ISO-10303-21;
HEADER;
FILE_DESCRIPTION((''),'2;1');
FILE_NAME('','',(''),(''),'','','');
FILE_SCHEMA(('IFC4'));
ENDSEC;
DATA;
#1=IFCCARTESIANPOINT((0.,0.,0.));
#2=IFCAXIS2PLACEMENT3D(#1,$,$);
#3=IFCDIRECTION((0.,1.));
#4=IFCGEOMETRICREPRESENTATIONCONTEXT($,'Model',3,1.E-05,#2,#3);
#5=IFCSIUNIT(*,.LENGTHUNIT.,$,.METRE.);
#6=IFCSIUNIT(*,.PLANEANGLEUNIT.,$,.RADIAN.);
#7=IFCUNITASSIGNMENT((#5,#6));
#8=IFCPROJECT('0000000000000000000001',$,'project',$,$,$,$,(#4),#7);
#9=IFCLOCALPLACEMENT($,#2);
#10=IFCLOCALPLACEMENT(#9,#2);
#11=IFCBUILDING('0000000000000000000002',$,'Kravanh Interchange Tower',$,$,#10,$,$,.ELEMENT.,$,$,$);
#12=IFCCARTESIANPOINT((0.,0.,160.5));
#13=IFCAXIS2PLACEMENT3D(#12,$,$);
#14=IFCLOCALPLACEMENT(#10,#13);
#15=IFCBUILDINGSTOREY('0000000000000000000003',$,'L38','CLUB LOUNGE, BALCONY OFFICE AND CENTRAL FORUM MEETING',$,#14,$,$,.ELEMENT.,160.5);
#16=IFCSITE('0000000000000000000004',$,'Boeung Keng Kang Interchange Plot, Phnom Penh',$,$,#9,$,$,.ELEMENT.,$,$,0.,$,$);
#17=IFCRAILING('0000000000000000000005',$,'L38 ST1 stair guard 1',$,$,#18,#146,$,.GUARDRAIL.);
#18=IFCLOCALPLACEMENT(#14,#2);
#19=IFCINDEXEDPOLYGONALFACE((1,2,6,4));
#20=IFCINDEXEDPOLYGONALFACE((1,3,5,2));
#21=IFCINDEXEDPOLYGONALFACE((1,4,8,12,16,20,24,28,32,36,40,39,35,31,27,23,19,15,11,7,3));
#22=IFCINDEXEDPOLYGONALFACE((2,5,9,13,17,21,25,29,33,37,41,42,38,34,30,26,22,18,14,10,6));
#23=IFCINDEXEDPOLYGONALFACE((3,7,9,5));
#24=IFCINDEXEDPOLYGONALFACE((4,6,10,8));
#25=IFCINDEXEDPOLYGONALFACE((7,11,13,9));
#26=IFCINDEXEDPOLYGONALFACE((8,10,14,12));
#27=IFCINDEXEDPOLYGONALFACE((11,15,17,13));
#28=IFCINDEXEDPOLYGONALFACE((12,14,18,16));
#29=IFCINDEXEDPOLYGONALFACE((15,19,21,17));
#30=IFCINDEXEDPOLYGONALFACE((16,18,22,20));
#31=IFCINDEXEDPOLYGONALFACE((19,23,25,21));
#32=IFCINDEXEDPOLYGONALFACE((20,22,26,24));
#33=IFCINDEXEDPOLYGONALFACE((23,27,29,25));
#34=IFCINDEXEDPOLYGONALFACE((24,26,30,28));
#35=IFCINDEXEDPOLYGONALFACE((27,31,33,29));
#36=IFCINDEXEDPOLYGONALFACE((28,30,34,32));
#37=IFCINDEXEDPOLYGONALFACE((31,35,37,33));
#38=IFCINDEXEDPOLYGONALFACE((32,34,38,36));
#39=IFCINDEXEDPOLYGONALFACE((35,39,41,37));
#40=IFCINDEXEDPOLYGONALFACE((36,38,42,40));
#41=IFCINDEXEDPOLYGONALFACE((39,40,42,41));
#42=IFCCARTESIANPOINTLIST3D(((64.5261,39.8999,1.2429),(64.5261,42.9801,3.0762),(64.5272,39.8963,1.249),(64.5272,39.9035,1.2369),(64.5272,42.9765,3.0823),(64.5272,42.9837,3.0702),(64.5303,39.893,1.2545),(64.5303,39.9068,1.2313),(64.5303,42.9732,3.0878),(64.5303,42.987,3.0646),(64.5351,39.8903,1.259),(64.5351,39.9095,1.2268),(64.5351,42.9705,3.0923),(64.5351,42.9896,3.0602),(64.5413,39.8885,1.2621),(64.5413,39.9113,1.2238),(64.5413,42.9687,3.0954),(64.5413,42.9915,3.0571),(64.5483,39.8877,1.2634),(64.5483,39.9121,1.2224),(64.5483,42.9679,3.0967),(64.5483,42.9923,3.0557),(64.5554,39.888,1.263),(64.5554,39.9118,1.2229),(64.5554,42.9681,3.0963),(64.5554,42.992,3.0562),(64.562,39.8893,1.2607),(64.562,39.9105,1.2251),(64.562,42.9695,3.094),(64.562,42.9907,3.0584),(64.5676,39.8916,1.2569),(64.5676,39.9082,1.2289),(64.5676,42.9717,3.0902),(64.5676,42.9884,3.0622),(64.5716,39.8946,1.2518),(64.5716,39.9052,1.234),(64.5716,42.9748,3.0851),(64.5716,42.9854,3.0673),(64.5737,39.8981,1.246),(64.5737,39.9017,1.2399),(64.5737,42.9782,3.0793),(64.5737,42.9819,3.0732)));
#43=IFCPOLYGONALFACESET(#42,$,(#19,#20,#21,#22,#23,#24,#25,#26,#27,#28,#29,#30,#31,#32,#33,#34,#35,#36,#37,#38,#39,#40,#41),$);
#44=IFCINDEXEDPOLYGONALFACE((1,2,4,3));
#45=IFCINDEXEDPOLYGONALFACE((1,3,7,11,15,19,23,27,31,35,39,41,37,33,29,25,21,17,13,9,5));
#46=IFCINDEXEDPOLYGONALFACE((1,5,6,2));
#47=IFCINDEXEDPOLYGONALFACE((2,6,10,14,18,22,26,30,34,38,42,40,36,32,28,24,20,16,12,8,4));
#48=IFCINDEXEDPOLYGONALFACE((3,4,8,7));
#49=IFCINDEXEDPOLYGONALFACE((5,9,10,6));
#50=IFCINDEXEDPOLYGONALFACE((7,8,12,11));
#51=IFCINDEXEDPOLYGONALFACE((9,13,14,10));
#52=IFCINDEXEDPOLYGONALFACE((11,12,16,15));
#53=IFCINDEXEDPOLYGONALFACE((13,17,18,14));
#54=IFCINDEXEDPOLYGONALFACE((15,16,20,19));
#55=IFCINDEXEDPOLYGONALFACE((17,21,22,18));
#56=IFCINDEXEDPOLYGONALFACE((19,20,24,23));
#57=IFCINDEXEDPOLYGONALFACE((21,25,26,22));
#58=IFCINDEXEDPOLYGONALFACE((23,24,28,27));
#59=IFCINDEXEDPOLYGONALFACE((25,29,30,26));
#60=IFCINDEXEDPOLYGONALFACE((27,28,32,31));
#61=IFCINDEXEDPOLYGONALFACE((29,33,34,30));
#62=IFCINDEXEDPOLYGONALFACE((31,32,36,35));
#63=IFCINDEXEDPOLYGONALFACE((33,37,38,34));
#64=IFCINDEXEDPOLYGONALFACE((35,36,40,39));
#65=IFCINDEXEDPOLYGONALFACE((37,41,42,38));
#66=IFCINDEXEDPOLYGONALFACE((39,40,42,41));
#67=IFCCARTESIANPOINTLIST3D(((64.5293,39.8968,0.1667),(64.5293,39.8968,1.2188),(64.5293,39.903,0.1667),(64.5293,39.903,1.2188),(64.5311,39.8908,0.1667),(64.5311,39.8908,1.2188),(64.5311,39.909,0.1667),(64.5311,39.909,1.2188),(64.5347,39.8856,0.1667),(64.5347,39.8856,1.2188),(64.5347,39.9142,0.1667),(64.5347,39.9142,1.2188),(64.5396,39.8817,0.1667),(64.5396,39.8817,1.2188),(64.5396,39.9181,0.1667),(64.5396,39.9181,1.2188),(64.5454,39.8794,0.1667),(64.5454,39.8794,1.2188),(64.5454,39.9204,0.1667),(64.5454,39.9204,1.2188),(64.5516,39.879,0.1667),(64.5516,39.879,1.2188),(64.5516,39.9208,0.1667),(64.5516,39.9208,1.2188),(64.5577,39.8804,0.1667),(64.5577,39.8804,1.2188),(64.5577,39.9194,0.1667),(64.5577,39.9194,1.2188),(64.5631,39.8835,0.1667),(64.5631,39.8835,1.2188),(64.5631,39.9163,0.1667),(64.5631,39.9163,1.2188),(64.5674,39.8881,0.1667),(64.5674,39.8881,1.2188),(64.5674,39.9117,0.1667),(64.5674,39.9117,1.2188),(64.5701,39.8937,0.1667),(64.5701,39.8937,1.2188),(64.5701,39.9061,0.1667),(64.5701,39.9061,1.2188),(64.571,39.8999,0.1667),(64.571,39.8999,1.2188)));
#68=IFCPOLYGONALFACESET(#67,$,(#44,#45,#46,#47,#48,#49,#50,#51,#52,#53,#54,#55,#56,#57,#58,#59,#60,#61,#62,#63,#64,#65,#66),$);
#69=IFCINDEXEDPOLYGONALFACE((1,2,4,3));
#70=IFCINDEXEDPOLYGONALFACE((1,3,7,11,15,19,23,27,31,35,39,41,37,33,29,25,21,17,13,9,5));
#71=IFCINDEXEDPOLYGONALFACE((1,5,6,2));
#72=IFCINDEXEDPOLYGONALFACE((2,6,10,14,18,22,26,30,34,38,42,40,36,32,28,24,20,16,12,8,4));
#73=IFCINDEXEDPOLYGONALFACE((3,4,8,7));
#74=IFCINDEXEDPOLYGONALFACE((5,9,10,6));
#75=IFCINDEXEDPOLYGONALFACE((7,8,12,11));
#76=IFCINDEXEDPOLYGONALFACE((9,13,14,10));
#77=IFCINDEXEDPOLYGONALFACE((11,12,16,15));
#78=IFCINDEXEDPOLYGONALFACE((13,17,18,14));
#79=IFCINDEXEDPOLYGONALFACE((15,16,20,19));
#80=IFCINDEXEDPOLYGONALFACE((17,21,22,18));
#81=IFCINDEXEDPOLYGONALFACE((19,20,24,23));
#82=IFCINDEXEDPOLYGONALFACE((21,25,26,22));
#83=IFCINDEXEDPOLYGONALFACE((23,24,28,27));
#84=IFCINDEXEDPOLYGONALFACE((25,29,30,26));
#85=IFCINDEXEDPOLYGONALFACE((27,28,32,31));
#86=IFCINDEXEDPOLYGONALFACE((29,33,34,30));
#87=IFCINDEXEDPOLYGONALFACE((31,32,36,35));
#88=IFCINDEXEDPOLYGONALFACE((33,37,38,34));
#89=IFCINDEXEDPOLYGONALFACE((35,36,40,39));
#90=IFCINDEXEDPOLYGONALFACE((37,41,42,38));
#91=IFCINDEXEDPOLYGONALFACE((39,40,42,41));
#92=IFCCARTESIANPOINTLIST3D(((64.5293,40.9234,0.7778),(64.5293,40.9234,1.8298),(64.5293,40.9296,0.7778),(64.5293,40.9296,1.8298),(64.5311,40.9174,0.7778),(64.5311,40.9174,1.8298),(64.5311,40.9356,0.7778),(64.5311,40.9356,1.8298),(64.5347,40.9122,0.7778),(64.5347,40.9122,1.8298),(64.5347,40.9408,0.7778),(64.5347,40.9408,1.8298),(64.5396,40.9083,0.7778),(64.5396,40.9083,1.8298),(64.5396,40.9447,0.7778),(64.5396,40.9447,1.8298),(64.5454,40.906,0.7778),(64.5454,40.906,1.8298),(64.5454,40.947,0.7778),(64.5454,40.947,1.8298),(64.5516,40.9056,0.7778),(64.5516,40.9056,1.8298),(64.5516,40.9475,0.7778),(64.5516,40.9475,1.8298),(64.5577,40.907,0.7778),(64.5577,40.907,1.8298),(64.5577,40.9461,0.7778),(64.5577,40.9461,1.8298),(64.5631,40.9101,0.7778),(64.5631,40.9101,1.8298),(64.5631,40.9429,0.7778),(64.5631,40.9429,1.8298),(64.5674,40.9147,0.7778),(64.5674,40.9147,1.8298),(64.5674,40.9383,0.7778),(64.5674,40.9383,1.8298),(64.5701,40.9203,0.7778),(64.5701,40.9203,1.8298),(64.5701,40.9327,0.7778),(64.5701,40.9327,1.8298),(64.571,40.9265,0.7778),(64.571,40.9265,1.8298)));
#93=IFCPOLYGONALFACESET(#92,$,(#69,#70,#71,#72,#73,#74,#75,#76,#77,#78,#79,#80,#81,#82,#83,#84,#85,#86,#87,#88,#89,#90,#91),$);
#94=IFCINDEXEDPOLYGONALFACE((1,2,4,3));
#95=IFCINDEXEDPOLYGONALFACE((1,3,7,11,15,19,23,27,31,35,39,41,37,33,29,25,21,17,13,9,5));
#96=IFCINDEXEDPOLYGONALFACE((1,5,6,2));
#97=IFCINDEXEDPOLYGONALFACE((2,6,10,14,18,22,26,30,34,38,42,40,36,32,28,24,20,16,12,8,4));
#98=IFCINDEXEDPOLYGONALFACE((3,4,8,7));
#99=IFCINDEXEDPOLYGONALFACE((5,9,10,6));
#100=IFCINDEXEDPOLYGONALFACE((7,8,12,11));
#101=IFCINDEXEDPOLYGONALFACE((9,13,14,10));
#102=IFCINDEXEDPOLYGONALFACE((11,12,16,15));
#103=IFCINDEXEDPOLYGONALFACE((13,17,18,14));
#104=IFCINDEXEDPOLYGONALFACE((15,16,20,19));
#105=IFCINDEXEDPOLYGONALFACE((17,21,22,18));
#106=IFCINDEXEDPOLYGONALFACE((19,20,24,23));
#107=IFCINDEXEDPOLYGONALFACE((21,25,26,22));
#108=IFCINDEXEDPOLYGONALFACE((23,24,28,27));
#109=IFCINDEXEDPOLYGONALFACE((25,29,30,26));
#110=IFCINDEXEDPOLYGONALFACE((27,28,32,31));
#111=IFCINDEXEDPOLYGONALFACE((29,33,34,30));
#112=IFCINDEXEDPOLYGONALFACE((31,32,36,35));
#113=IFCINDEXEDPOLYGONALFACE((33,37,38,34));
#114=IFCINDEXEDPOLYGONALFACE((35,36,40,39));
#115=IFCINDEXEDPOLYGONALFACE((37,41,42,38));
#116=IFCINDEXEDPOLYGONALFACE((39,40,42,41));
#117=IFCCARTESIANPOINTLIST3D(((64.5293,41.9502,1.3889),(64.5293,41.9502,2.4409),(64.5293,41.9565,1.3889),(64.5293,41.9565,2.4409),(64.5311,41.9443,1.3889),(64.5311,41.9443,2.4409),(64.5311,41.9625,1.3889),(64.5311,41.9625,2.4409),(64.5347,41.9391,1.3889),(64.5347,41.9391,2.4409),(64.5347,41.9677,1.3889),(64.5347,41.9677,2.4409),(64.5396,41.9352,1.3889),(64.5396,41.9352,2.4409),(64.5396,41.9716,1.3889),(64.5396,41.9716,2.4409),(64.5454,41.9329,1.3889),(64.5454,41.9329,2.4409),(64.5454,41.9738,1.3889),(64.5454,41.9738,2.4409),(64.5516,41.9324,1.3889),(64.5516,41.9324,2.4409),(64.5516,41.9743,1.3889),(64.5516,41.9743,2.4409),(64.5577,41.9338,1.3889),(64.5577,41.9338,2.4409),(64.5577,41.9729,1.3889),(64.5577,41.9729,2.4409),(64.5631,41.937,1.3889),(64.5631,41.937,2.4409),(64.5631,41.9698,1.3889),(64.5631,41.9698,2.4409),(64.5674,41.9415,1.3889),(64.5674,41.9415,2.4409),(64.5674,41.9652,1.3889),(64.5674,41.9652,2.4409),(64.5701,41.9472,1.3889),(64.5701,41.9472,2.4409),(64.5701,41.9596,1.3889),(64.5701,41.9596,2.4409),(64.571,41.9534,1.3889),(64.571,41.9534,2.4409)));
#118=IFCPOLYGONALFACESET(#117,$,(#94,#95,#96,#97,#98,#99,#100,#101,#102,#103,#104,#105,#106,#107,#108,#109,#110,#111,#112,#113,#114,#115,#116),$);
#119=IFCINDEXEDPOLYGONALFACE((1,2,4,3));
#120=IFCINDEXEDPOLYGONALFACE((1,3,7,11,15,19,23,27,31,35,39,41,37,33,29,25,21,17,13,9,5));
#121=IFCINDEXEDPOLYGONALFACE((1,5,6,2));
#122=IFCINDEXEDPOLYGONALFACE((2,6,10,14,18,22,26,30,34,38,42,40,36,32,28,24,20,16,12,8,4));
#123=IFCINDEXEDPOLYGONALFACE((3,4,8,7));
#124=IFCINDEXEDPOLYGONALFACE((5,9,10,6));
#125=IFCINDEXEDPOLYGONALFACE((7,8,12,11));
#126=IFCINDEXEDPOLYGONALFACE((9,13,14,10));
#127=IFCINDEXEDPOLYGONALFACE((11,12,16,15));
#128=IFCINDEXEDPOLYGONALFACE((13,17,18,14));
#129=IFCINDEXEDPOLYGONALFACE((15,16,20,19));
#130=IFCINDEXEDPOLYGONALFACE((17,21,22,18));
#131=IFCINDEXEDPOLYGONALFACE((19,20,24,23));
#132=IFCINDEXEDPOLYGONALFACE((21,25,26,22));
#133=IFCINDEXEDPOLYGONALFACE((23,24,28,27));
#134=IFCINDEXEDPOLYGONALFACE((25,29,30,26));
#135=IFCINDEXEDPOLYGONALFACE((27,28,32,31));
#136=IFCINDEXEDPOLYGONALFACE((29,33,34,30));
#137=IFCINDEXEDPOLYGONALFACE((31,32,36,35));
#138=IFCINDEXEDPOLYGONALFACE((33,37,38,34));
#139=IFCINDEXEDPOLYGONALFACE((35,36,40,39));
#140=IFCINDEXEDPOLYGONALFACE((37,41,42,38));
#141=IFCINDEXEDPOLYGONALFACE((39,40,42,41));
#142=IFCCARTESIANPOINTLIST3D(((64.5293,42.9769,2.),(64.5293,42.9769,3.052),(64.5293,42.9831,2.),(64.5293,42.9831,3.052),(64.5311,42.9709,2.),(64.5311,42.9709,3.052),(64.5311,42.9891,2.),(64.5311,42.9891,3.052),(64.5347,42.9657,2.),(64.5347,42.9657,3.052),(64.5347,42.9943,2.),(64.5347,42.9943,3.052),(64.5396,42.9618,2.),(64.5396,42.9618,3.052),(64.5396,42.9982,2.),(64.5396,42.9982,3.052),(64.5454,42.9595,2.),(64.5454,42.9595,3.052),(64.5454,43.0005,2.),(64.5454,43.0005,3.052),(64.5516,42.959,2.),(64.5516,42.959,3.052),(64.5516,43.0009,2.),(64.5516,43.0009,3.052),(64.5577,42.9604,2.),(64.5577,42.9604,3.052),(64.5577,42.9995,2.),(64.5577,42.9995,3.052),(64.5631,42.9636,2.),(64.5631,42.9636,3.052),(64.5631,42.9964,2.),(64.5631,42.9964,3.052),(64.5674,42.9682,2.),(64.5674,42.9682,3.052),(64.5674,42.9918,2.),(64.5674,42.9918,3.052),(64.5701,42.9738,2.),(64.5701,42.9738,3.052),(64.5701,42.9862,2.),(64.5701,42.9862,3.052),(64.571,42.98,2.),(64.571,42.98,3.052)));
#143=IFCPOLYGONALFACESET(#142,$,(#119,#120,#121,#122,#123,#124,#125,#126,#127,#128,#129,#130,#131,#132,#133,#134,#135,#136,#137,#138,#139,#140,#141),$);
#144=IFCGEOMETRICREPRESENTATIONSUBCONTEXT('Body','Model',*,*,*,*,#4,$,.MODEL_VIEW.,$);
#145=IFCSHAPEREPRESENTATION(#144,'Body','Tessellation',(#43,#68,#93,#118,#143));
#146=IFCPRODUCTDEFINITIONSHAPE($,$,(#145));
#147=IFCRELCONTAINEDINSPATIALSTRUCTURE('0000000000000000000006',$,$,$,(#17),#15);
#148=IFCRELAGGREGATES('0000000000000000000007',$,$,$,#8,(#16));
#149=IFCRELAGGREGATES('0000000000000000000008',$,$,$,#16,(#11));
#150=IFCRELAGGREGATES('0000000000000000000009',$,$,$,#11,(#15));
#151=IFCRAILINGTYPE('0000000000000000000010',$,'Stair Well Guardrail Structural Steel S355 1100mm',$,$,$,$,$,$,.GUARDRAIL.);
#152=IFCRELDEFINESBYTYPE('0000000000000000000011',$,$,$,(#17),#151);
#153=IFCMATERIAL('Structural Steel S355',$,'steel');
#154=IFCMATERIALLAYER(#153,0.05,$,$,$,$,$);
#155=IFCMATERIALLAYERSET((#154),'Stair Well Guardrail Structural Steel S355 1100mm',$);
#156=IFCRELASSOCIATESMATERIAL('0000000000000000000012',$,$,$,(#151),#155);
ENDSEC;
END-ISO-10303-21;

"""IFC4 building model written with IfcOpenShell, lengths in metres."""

from ifc_helpers import new_model, si_unit, direction, frame, origin, origin_2d, place, context, subcontext, project, spatial, circle, extrude, material, layer, layer_set, type_object, element, save


model = new_model("IFC4")

# Units and contexts
model_context = context("Model", 3, precision=1e-05, world=origin(), true_north=direction((0.0, 1.0)))
body_context = subcontext(model_context, "Body", "Model", "MODEL_VIEW")
ifc_project = project(units=[si_unit("LENGTHUNIT", "METRE"), si_unit("PLANEANGLEUNIT", "RADIAN")], contexts=[model_context])

# Site, building, storey
site_placement = place(None, origin())
site = spatial("IfcSite", under=ifc_project, at=site_placement, Name="Boeung Keng Kang Interchange Plot, Phnom Penh", CompositionType="ELEMENT", RefElevation=0.0)
building_placement = place(site_placement, origin())
building = spatial("IfcBuilding", under=site, at=building_placement, Name="Kravanh Interchange Tower", CompositionType="ELEMENT")
storey_placement = place(building_placement, frame((0.0, 0.0, 160.5)))
storey = spatial("IfcBuildingStorey", under=building, at=storey_placement, Name="L38", Description="CLUB LOUNGE, BALCONY OFFICE AND CENTRAL FORUM MEETING", CompositionType="ELEMENT", Elevation=160.5)

# Railing
ifc_material_1 = material(Name="Structural Steel S355", Category="steel")
ifc_layer_1 = layer(ifc_material_1, 0.05)
ifc_layer_set_1 = layer_set([ifc_layer_1], Name="Stair Well Guardrail Structural Steel S355 1100mm")
railing_type_1 = type_object("IfcRailingType", Name="Stair Well Guardrail Structural Steel S355 1100mm", PredefinedType="GUARDRAIL", material=ifc_layer_set_1)
railing_1_placement = place(storey_placement, frame((64.55, 39.8999, 0.1667)))
element("IfcRailing", 1, at=railing_1_placement, inside=storey, type_object=railing_type_1, Name="L38 ST1 stair guard 1", PredefinedType="GUARDRAIL", context=body_context, shape_type="SweptSolid", body=[
    extrude(circle(Radius=0.0239, at=origin_2d()), frame((0.0, 0.0, 1.0762), z_axis=(0.0, 0.859309, 0.511458), x_axis=(-1.0, 0.0, 0.0)), (0.0, 0.0, 1.0), 3.5845),
    extrude(circle(Radius=0.021, at=origin_2d()), origin(), (0.0, 0.0, 1.0), 1.052),
    extrude(circle(Radius=0.021, at=origin_2d()), frame((0.0, 1.0266, 0.6111)), (0.0, 0.0, 1.0), 1.052),
    extrude(circle(Radius=0.021, at=origin_2d()), frame((0.0, 2.0535, 1.2222)), (0.0, 0.0, 1.0), 1.052),
    extrude(circle(Radius=0.021, at=origin_2d()), frame((0.0, 3.0801, 1.8333)), (0.0, 0.0, 1.0), 1.052),
])

save(model, "model.ifc")
